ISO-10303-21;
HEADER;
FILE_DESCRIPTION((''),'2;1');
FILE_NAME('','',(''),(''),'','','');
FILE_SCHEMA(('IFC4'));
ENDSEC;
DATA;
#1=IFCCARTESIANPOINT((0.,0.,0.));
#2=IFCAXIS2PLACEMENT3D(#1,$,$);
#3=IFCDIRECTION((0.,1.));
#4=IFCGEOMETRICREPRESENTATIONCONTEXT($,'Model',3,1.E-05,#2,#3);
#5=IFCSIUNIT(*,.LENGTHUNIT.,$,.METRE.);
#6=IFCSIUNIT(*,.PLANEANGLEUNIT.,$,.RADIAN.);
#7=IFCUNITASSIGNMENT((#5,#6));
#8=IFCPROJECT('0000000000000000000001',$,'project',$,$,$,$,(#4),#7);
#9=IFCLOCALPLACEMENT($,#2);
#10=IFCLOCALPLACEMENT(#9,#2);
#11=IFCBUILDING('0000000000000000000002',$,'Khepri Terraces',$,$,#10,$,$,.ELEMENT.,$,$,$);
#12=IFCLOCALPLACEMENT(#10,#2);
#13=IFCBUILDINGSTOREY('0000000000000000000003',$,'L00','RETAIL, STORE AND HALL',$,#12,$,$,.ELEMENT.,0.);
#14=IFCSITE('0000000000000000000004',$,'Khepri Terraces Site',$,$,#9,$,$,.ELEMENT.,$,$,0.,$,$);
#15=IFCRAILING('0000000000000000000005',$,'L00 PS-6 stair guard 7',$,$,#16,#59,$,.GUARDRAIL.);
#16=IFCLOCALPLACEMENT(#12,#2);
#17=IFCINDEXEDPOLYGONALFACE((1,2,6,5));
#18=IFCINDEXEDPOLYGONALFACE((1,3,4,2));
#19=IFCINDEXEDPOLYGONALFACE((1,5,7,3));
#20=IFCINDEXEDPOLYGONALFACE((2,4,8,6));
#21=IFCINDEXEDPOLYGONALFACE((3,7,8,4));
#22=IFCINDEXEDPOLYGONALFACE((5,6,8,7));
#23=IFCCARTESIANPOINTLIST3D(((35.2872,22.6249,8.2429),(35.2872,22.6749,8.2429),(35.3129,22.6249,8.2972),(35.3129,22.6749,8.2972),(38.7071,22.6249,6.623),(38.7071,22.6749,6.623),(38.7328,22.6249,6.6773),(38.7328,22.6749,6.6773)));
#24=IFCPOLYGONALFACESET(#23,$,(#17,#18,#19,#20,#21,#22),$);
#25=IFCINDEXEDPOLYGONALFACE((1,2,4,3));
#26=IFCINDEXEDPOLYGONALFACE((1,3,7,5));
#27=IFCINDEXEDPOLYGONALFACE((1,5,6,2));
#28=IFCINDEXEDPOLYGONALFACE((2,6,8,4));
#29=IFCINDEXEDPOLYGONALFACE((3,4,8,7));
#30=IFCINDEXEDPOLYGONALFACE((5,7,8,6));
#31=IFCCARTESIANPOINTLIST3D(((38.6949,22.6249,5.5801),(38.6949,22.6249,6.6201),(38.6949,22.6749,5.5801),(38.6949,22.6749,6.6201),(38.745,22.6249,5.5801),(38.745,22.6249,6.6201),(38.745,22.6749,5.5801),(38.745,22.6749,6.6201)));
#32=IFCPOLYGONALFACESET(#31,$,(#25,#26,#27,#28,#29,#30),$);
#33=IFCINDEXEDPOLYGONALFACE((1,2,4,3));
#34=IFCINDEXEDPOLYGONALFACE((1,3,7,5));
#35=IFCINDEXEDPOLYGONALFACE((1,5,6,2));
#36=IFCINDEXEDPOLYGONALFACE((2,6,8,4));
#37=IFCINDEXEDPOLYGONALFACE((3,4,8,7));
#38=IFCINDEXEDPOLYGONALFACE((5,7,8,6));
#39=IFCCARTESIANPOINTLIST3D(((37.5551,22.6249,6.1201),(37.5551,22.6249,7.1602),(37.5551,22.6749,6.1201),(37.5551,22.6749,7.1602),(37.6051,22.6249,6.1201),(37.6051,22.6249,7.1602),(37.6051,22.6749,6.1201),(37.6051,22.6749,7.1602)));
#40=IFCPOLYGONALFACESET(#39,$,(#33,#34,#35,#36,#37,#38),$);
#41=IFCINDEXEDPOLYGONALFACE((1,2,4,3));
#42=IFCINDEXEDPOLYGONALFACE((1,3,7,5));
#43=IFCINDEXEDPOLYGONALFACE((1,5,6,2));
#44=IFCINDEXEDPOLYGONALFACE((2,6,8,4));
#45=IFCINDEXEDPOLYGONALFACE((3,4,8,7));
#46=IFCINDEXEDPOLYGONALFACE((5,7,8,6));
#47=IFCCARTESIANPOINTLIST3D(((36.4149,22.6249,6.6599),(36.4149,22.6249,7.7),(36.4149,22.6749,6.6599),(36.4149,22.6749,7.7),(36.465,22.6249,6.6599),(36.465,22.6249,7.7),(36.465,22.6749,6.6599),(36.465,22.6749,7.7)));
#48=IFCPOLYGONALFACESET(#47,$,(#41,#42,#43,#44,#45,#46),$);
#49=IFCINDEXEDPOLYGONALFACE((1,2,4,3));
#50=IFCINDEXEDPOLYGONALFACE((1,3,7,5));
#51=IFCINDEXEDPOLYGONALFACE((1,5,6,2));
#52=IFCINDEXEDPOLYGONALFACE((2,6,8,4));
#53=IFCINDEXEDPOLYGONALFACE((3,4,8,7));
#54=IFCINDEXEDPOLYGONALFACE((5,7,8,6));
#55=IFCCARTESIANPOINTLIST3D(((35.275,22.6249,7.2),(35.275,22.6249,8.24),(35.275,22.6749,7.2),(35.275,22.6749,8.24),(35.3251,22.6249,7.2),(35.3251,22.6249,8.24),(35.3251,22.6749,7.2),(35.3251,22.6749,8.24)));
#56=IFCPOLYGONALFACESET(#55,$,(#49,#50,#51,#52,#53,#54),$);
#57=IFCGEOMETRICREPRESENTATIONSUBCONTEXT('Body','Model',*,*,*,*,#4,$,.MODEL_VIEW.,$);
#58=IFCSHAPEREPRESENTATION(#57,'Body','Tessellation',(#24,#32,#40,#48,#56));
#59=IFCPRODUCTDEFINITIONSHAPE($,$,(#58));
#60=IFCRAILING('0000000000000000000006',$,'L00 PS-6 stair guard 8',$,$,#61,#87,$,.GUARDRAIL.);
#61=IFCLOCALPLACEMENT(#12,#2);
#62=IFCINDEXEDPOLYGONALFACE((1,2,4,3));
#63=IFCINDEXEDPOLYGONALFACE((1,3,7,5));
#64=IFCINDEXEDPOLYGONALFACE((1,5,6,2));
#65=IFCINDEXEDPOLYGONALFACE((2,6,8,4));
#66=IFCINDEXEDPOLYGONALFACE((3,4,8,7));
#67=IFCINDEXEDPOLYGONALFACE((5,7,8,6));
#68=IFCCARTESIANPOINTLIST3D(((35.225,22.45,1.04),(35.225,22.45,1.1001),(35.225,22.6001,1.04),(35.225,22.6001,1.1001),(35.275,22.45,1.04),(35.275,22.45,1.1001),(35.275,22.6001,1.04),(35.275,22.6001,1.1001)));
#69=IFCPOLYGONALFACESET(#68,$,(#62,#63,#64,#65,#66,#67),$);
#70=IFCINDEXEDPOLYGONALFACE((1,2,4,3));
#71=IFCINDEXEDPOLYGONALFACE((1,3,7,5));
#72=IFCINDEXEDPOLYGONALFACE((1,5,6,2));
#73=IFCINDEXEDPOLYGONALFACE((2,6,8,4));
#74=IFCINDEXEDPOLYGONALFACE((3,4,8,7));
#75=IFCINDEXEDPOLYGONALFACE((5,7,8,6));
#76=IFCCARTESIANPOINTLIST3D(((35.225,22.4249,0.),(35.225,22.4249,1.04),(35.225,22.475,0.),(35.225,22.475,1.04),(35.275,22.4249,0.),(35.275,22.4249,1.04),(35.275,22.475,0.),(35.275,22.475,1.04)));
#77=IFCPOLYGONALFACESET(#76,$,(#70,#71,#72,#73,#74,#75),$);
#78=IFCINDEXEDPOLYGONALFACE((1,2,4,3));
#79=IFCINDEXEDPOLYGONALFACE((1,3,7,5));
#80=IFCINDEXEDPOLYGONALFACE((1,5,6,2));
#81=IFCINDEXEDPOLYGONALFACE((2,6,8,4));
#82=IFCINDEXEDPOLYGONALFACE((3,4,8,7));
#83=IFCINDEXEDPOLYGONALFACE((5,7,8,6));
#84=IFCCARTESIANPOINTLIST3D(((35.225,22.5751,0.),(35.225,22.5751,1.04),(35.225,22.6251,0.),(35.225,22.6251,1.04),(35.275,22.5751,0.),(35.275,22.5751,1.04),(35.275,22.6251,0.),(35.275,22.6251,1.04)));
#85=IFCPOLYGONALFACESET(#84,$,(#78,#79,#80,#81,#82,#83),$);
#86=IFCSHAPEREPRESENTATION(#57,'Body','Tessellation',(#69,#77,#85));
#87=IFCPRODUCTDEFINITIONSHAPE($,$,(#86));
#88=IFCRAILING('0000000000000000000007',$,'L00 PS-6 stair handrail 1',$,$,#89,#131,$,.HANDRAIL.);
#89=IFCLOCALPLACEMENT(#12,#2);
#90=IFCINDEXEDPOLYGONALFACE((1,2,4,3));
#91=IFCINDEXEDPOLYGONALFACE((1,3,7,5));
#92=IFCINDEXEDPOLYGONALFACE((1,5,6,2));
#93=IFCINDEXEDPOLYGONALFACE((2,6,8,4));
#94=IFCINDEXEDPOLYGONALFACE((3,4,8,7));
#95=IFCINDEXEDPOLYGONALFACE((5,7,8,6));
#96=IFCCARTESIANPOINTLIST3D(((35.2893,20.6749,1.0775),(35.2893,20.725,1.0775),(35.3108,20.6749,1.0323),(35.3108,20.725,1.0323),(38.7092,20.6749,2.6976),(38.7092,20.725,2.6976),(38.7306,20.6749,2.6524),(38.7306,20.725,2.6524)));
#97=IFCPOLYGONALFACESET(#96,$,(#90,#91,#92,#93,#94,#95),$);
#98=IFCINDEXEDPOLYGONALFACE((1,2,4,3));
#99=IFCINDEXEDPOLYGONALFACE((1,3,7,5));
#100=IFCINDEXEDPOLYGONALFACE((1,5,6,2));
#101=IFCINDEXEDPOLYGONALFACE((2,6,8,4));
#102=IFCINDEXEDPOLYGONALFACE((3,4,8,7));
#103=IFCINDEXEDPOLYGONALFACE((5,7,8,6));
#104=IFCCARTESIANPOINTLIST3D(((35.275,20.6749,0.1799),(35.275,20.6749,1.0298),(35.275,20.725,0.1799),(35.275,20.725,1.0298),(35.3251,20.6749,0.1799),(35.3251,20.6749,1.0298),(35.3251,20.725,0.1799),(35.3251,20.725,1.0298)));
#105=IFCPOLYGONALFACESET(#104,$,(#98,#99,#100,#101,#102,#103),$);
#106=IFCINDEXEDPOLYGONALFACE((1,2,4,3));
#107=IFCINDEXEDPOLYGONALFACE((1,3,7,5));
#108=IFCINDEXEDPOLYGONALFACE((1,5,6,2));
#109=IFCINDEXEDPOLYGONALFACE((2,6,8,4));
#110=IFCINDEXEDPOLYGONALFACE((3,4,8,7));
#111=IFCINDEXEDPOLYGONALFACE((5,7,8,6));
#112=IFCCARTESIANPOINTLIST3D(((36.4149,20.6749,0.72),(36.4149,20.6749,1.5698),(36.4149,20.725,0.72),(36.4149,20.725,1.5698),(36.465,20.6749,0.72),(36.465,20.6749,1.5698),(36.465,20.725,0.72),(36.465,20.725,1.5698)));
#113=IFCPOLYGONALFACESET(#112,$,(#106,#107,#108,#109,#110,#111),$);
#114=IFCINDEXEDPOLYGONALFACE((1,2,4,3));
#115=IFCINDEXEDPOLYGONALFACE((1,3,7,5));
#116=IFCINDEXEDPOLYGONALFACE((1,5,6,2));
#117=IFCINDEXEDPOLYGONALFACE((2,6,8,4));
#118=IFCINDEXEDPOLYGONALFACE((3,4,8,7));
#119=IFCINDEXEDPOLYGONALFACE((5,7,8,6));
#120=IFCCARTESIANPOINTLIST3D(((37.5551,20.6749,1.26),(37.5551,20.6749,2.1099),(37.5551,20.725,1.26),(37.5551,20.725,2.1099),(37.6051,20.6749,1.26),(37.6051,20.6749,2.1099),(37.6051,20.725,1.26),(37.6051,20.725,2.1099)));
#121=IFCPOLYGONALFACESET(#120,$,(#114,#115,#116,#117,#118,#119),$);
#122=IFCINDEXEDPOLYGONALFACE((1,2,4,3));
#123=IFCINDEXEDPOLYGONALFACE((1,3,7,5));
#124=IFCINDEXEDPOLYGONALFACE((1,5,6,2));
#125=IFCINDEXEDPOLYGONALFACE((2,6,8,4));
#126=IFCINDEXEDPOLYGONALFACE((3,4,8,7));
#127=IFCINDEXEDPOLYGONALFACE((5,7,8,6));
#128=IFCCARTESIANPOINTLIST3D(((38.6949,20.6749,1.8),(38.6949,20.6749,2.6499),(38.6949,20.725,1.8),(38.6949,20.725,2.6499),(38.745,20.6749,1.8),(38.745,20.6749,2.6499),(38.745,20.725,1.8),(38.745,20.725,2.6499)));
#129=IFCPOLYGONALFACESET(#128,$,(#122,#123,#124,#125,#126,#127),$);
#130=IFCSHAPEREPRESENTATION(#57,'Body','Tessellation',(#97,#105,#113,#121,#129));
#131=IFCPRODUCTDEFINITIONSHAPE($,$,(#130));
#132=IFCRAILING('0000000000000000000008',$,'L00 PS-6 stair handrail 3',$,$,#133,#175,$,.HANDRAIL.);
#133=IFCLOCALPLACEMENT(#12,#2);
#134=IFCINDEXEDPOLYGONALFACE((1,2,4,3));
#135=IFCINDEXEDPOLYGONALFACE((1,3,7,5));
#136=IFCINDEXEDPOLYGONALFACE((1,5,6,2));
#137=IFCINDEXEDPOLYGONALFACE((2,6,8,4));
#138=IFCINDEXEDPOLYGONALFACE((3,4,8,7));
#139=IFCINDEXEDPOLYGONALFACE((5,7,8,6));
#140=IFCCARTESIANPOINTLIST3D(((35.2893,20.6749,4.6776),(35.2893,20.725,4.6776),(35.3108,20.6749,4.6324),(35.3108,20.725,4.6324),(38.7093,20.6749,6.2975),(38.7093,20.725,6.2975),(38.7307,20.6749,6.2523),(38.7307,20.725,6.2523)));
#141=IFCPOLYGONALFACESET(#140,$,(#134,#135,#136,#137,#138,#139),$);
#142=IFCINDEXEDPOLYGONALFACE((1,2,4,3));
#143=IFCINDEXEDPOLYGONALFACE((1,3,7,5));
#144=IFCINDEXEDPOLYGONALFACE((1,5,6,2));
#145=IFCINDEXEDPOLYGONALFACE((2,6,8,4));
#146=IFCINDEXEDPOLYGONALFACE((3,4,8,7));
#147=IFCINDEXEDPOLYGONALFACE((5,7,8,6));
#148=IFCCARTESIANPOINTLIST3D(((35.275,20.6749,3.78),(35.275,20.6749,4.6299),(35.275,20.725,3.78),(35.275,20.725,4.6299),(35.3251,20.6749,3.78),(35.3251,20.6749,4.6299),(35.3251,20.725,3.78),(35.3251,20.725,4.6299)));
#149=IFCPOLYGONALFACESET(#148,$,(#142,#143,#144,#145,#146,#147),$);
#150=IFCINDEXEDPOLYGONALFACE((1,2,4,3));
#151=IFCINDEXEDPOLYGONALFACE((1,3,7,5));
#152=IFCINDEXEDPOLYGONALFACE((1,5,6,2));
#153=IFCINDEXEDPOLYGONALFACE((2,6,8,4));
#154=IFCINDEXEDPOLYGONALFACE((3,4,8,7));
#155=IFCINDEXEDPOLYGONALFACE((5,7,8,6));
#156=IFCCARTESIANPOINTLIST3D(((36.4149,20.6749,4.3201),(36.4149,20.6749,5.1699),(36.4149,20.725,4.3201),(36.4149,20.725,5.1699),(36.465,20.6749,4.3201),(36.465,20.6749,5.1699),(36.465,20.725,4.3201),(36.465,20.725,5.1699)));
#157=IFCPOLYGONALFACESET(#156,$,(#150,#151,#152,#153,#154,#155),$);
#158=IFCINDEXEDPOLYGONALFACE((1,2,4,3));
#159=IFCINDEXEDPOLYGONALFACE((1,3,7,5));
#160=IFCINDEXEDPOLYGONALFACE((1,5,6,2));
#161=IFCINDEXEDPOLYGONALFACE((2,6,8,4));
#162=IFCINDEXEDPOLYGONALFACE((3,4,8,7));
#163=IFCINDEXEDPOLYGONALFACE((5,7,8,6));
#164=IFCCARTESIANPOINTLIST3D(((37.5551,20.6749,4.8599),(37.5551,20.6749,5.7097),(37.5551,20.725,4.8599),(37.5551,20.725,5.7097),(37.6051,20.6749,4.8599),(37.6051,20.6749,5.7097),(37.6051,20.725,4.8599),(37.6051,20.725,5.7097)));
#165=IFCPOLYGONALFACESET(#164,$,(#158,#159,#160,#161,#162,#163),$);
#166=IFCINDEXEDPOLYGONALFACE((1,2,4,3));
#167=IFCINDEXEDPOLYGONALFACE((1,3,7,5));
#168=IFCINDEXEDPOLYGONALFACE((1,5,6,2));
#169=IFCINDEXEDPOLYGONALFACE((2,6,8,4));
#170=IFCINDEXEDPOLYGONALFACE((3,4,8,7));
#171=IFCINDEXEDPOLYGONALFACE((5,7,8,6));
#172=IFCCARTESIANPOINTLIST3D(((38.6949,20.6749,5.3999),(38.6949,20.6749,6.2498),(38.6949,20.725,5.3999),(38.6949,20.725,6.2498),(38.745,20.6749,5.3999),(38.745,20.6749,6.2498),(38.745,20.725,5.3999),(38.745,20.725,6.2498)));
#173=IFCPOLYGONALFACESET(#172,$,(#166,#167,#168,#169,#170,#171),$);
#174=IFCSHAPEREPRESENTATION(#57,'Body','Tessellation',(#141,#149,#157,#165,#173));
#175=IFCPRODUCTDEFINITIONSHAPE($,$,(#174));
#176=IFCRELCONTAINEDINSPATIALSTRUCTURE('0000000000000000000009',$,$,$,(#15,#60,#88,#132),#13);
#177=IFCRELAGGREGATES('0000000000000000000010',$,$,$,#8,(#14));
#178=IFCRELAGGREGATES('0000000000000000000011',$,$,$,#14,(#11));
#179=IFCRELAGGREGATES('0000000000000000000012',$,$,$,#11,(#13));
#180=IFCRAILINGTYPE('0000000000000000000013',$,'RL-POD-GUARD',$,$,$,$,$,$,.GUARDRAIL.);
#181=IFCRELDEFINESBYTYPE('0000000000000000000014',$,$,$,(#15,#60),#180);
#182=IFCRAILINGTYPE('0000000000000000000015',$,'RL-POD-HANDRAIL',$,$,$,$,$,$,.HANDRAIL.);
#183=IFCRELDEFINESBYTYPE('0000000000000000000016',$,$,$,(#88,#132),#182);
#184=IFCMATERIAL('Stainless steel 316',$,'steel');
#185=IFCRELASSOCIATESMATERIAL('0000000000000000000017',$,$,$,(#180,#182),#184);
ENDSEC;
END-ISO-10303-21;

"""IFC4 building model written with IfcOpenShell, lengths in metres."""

from ifc_helpers import new_model, si_unit, direction, frame, origin, origin_2d, place, context, subcontext, project, spatial, rectangle, extrude, material, type_object, element, save


model = new_model("IFC4")

# Units and contexts
model_context = context("Model", 3, precision=1e-05, world=origin(), true_north=direction((0.0, 1.0)))
body_context = subcontext(model_context, "Body", "Model", "MODEL_VIEW")
ifc_project = project(units=[si_unit("LENGTHUNIT", "METRE"), si_unit("PLANEANGLEUNIT", "RADIAN")], contexts=[model_context])

# Site, building, storey
site_placement = place(None, origin())
site = spatial("IfcSite", under=ifc_project, at=site_placement, Name="Khepri Terraces Site", CompositionType="ELEMENT", RefElevation=0.0)
building_placement = place(site_placement, origin())
building = spatial("IfcBuilding", under=site, at=building_placement, Name="Khepri Terraces", CompositionType="ELEMENT")
storey_placement = place(building_placement, origin())
storey = spatial("IfcBuildingStorey", under=building, at=storey_placement, Name="L00", Description="RETAIL, STORE AND HALL", CompositionType="ELEMENT", Elevation=0.0)

# Railings
ifc_material_1 = material(Name="Stainless steel 316", Category="steel")
railing_type_1 = type_object("IfcRailingType", Name="RL-POD-GUARD", PredefinedType="GUARDRAIL", material=ifc_material_1)
railing_1_placement = place(storey_placement, frame((38.72, 22.6499, 5.5801)))
element("IfcRailing", 1, at=railing_1_placement, inside=storey, type_object=railing_type_1, Name="L00 PS-6 stair guard 7", PredefinedType="GUARDRAIL", context=body_context, shape_type="SweptSolid", body=[
    extrude(rectangle(XDim=0.05, YDim=0.0601, at=origin_2d()), frame((0.0, 0.0, 1.0701), z_axis=(-0.903747, 0.0, 0.428067), x_axis=(0.0, -1.0, 0.0)), (0.0, 0.0, 1.0), 3.7842),
    extrude(rectangle(XDim=0.05, YDim=0.05, at=origin_2d()), origin(), (0.0, 0.0, 1.0), 1.04),
    extrude(rectangle(XDim=0.05, YDim=0.05, at=origin_2d()), frame((-1.1399, 0.0, 0.54)), (0.0, 0.0, 1.0), 1.04),
    extrude(rectangle(XDim=0.05, YDim=0.05, at=origin_2d()), frame((-2.28, 0.0, 1.0798)), (0.0, 0.0, 1.0), 1.04),
    extrude(rectangle(XDim=0.05, YDim=0.05, at=origin_2d()), frame((-3.4199, 0.0, 1.6199)), (0.0, 0.0, 1.0), 1.04),
])
railing_2_placement = place(storey_placement, frame((35.25, 22.45, 0.0)))
element("IfcRailing", 2, at=railing_2_placement, inside=storey, type_object=railing_type_1, Name="L00 PS-6 stair guard 8", PredefinedType="GUARDRAIL", context=body_context, shape_type="SweptSolid", body=[
    extrude(rectangle(XDim=0.05, YDim=0.0601, at=origin_2d()), frame((0.0, 0.0, 1.0701), z_axis=(0.0, 1.0, 0.0), x_axis=(-1.0, 0.0, 0.0)), (0.0, 0.0, 1.0), 0.1501),
    extrude(rectangle(XDim=0.05, YDim=0.05, at=origin_2d()), origin(), (0.0, 0.0, 1.0), 1.04),
    extrude(rectangle(XDim=0.05, YDim=0.05, at=origin_2d()), frame((0.0, 0.1501, 0.0)), (0.0, 0.0, 1.0), 1.04),
])
railing_type_2 = type_object("IfcRailingType", Name="RL-POD-HANDRAIL", PredefinedType="HANDRAIL", material=ifc_material_1)
railing_3_placement = place(storey_placement, frame((35.3, 20.7, 0.1799)))
element("IfcRailing", 3, at=railing_3_placement, inside=storey, type_object=railing_type_2, Name="L00 PS-6 stair handrail 1", PredefinedType="HANDRAIL", context=body_context, shape_type="SweptSolid", body=[
    extrude(rectangle(XDim=0.05, YDim=0.05, at=origin_2d()), frame((0.0, 0.0, 0.875), z_axis=(0.903722, 0.0, 0.42812), x_axis=(0.0, 1.0, 0.0)), (0.0, 0.0, 1.0), 3.7842),
    extrude(rectangle(XDim=0.05, YDim=0.05, at=origin_2d()), origin(), (0.0, 0.0, 1.0), 0.8499),
    extrude(rectangle(XDim=0.05, YDim=0.05, at=origin_2d()), frame((1.1399, 0.0, 0.54)), (0.0, 0.0, 1.0), 0.8499),
    extrude(rectangle(XDim=0.05, YDim=0.05, at=origin_2d()), frame((2.28, 0.0, 1.0801)), (0.0, 0.0, 1.0), 0.8499),
    extrude(rectangle(XDim=0.05, YDim=0.05, at=origin_2d()), frame((3.4199, 0.0, 1.6201)), (0.0, 0.0, 1.0), 0.8499),
])
railing_4_placement = place(storey_placement, frame((35.3, 20.7, 3.78)))
element("IfcRailing", 4, at=railing_4_placement, inside=storey, type_object=railing_type_2, Name="L00 PS-6 stair handrail 3", PredefinedType="HANDRAIL", context=body_context, shape_type="SweptSolid", body=[
    extrude(rectangle(XDim=0.05, YDim=0.05, at=origin_2d()), frame((0.0, 0.0, 0.875), z_axis=(0.903747, 0.0, 0.428067), x_axis=(0.0, 1.0, 0.0)), (0.0, 0.0, 1.0), 3.7842),
    extrude(rectangle(XDim=0.05, YDim=0.05, at=origin_2d()), origin(), (0.0, 0.0, 1.0), 0.8499),
    extrude(rectangle(XDim=0.05, YDim=0.05, at=origin_2d()), frame((1.1399, 0.0, 0.54)), (0.0, 0.0, 1.0), 0.8499),
    extrude(rectangle(XDim=0.05, YDim=0.05, at=origin_2d()), frame((2.28, 0.0, 1.0798)), (0.0, 0.0, 1.0), 0.8499),
    extrude(rectangle(XDim=0.05, YDim=0.05, at=origin_2d()), frame((3.4199, 0.0, 1.6199)), (0.0, 0.0, 1.0), 0.8499),
])

save(model, "model.ifc")
